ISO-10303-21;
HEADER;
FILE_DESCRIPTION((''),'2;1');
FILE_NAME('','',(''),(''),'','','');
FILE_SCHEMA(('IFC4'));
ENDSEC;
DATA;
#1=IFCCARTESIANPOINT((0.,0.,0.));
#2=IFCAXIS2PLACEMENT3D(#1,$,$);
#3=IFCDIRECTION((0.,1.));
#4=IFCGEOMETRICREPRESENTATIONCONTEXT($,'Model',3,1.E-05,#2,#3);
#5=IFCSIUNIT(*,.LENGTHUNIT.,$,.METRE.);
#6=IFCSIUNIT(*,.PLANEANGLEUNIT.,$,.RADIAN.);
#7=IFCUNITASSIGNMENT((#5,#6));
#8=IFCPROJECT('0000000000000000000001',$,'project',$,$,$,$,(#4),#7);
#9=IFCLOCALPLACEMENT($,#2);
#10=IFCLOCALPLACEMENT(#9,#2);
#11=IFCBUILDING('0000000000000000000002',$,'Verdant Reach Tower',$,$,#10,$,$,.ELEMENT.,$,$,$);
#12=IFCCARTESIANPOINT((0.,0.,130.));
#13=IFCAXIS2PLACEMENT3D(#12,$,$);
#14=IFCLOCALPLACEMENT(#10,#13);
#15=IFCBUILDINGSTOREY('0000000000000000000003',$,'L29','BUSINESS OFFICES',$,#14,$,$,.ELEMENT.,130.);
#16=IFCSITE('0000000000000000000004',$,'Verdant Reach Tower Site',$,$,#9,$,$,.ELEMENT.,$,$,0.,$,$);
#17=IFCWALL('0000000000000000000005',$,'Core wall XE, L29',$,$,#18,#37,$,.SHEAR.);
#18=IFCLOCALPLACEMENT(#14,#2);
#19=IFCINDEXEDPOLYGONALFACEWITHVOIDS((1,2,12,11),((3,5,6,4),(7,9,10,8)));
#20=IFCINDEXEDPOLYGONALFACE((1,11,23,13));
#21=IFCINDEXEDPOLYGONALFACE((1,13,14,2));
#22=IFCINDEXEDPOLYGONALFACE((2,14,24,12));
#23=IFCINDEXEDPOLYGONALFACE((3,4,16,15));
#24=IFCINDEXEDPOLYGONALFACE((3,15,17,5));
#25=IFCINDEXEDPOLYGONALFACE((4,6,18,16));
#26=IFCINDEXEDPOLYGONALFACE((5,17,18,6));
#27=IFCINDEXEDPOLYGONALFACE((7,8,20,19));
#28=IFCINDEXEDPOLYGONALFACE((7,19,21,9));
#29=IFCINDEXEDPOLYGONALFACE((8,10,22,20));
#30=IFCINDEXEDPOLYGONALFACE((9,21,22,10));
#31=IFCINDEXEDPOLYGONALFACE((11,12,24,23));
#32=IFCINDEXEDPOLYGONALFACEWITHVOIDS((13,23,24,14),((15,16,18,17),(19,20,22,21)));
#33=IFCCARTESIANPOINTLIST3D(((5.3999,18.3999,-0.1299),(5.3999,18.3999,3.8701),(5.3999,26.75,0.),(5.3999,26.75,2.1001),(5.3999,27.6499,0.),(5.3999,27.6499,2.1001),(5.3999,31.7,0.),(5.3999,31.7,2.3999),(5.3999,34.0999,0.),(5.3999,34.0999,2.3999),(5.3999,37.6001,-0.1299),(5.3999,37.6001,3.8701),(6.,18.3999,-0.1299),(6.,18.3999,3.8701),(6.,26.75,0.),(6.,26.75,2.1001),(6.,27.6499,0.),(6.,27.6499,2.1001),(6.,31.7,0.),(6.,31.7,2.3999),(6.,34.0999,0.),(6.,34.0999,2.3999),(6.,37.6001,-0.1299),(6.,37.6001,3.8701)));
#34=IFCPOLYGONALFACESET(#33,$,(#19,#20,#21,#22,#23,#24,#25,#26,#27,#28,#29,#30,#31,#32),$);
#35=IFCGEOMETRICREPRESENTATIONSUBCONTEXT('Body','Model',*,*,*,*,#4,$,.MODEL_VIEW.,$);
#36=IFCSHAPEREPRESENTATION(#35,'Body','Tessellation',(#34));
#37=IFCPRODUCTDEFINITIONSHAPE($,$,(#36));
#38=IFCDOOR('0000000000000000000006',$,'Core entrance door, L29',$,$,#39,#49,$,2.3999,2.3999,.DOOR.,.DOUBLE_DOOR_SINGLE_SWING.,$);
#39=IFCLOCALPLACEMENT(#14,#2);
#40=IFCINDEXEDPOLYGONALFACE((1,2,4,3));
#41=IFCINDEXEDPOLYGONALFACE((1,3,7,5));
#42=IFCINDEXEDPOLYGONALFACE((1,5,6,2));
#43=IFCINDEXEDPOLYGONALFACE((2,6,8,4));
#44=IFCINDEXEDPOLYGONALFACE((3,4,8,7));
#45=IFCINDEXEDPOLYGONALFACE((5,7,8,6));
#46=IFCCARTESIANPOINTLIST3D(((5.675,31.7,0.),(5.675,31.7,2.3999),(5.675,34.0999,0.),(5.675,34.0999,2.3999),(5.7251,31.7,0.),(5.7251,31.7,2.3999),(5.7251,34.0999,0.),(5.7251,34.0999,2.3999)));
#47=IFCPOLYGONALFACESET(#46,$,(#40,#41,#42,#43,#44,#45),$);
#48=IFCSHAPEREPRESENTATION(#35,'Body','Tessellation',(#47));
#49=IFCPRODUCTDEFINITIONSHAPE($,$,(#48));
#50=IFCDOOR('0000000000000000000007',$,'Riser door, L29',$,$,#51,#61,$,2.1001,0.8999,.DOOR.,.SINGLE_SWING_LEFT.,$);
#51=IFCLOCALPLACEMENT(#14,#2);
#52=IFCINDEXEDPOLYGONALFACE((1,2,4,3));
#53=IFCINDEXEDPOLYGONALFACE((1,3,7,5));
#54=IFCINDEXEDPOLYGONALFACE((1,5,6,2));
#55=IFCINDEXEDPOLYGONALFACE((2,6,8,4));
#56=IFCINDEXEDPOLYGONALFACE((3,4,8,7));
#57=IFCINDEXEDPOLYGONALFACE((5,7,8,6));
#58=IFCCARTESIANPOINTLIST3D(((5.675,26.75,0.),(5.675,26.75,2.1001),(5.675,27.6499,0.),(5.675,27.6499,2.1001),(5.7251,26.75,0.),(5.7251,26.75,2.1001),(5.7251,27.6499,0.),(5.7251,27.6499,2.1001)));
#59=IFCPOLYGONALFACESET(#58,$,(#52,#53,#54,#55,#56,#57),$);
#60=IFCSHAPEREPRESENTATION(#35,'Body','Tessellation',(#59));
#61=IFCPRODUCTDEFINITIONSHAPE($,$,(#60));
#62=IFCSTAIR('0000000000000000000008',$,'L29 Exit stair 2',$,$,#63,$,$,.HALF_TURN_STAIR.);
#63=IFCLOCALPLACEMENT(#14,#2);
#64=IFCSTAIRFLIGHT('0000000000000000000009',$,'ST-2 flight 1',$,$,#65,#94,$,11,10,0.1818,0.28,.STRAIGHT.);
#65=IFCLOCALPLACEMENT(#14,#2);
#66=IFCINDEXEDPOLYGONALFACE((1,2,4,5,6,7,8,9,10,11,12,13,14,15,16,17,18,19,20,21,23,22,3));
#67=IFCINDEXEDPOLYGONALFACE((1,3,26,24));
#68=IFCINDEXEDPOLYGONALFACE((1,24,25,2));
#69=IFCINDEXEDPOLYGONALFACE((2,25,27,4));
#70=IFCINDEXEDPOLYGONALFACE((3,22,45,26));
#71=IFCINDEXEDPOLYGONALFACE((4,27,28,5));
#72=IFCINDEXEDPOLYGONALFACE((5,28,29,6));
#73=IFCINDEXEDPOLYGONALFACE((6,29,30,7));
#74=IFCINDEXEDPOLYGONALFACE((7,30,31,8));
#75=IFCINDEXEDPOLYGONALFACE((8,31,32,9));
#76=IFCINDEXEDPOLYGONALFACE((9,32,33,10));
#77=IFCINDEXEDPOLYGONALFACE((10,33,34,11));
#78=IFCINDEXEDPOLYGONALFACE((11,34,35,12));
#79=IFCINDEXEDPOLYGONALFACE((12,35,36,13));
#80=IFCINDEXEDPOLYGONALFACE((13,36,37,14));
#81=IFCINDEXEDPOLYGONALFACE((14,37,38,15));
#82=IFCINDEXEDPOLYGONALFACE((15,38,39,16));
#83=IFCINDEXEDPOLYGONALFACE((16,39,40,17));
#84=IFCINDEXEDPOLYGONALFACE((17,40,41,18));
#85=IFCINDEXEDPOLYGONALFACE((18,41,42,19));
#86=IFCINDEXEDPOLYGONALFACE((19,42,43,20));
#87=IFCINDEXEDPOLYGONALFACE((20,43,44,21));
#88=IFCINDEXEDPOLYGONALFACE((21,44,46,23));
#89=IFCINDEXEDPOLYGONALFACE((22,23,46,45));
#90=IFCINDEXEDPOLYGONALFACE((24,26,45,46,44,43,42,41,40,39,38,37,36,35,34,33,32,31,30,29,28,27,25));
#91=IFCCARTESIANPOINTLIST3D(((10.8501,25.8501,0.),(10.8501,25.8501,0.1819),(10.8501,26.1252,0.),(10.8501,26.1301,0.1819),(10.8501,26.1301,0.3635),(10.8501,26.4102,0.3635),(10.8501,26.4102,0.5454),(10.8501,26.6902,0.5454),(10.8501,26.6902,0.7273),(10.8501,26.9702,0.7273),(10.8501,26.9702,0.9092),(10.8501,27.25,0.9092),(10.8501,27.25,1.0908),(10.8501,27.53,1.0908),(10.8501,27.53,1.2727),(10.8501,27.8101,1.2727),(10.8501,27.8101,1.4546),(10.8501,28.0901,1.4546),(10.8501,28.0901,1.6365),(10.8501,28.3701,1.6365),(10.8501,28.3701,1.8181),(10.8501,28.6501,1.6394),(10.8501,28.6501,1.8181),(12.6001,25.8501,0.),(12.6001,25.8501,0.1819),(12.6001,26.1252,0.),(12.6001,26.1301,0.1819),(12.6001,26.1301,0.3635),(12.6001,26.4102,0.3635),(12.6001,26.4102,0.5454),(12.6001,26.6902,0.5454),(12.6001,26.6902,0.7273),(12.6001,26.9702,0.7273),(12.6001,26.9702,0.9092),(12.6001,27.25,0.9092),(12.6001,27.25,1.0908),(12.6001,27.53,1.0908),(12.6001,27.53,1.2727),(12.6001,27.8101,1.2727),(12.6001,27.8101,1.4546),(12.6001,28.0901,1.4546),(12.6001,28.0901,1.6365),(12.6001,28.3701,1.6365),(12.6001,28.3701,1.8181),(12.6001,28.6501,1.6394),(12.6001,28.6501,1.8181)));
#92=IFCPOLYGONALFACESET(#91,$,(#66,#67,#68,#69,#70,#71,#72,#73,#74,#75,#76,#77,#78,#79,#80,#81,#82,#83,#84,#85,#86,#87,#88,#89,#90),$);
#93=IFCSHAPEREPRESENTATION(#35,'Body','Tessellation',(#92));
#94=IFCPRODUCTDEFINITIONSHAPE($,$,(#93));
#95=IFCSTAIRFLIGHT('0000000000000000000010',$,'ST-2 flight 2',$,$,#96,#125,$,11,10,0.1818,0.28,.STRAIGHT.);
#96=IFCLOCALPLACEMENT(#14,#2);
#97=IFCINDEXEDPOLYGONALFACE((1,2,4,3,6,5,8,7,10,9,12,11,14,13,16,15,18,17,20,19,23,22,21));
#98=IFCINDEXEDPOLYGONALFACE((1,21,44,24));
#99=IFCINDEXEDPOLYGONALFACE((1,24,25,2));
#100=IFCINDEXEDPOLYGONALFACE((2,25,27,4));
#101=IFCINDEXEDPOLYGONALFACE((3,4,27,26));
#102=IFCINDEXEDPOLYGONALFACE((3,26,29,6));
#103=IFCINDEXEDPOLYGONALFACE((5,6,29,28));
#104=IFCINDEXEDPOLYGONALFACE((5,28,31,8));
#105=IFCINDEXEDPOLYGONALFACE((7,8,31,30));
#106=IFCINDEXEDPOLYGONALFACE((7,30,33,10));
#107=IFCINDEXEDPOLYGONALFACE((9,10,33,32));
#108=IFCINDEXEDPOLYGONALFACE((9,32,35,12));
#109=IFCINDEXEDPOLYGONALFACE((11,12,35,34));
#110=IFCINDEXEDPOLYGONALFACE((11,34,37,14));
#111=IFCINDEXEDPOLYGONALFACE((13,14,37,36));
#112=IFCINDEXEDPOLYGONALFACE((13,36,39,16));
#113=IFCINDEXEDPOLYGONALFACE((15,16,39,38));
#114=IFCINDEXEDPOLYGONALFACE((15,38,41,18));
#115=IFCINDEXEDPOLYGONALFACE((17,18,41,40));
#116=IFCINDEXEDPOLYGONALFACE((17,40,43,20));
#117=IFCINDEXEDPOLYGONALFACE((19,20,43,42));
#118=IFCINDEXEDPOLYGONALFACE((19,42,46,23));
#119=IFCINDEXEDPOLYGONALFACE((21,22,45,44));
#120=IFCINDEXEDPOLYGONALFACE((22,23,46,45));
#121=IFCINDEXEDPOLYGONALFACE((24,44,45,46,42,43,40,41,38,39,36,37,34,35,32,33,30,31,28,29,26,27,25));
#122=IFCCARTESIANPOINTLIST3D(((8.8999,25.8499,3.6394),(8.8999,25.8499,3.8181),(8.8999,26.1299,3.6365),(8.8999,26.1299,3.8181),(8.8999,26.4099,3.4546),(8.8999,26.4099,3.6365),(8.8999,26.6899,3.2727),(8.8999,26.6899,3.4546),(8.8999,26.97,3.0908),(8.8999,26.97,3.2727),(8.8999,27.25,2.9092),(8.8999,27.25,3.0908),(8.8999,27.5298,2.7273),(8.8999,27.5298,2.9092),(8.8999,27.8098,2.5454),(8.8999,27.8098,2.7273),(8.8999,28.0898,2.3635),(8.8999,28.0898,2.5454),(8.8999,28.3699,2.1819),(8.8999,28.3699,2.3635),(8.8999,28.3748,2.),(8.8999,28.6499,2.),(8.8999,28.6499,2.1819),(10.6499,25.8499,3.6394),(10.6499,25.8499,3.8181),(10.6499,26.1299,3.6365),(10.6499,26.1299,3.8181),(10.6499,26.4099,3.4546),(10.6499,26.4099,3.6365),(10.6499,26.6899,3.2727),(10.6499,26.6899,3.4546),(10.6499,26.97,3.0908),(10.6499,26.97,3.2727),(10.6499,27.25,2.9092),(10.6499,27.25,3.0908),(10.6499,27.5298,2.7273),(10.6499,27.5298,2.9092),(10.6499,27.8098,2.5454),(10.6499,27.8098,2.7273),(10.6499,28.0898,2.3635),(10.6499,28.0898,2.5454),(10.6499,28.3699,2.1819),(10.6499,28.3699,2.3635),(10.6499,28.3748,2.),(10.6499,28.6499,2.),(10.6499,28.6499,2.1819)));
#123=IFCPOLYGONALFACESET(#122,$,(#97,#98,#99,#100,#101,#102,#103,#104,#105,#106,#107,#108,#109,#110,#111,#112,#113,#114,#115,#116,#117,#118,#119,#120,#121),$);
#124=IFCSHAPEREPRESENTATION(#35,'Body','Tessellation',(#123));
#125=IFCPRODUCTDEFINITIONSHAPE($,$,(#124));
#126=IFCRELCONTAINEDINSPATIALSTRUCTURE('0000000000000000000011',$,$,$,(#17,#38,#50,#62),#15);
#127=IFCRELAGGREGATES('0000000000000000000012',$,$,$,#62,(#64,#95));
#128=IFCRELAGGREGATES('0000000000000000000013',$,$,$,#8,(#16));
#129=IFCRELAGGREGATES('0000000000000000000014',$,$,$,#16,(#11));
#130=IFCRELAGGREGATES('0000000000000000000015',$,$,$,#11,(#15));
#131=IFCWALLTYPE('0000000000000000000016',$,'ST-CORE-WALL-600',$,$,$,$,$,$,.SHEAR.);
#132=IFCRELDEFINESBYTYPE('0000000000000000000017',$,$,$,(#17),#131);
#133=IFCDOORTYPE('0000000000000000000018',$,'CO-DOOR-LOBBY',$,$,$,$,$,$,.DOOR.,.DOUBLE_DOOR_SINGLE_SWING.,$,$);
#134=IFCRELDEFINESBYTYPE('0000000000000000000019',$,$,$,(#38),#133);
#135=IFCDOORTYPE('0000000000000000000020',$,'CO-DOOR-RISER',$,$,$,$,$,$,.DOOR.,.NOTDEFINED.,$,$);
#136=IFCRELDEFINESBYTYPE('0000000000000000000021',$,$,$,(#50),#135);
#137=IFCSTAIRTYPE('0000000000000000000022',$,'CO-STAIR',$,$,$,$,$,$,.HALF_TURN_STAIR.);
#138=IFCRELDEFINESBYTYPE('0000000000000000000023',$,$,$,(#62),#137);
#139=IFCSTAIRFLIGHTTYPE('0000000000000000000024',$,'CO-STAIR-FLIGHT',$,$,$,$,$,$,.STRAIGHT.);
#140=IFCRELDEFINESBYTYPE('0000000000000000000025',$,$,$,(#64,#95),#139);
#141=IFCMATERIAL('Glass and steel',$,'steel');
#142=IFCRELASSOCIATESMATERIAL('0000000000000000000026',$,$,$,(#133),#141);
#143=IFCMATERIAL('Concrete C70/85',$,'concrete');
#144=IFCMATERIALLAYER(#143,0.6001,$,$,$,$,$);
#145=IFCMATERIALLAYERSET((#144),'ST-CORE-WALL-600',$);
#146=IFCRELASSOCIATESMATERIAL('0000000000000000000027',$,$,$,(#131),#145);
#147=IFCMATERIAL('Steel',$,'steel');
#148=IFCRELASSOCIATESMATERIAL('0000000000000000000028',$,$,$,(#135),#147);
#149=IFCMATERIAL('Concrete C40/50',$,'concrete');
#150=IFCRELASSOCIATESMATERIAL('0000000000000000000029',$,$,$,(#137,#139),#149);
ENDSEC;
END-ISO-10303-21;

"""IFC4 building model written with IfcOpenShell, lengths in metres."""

from ifc_helpers import new_model, si_unit, direction, frame, frame_2d, origin, place, context, subcontext, project, spatial, polyline, rectangle, outline, extrude, material, layer, layer_set, type_object, element, fill, aggregate, save


model = new_model("IFC4")

# Units and contexts
model_context = context("Model", 3, precision=1e-05, world=origin(), true_north=direction((0.0, 1.0)))
body_context = subcontext(model_context, "Body", "Model", "MODEL_VIEW")
ifc_project = project(units=[si_unit("LENGTHUNIT", "METRE"), si_unit("PLANEANGLEUNIT", "RADIAN")], contexts=[model_context])

# Site, building, storey
site_placement = place(None, origin())
site = spatial("IfcSite", under=ifc_project, at=site_placement, Name="Verdant Reach Tower Site", CompositionType="ELEMENT", RefElevation=0.0)
building_placement = place(site_placement, origin())
building = spatial("IfcBuilding", under=site, at=building_placement, Name="Verdant Reach Tower", CompositionType="ELEMENT")
storey_placement = place(building_placement, frame((0.0, 0.0, 130.0)))
storey = spatial("IfcBuildingStorey", under=building, at=storey_placement, Name="L29", Description="BUSINESS OFFICES", CompositionType="ELEMENT", Elevation=130.0)

# Shared definitions
ifc_material_1 = material(Name="Concrete C40/50", Category="concrete")

# Shared definitions
ifc_material_2 = material(Name="Steel", Category="steel")

# Wall, openings, doors
ifc_material_3 = material(Name="Concrete C70/85", Category="concrete")
ifc_material_4 = material(Name="Glass and steel", Category="steel")
door_type_1 = type_object("IfcDoorType", Name="CO-DOOR-LOBBY", OperationType="DOUBLE_DOOR_SINGLE_SWING", PredefinedType="DOOR", material=ifc_material_4)
ifc_layer_1 = layer(ifc_material_3, 0.6001)
ifc_layer_set_1 = layer_set([ifc_layer_1], Name="ST-CORE-WALL-600")
wall_type_1 = type_object("IfcWallType", Name="ST-CORE-WALL-600", PredefinedType="SHEAR", material=ifc_layer_set_1)
wall_1_placement = place(storey_placement, frame((5.7, 18.3999, -0.1299), z_axis=(0.0, 0.0, 1.0), x_axis=(0.0, 1.0, 0.0)))
wall_1 = element("IfcWall", 1, at=wall_1_placement, inside=storey, type_object=wall_type_1, Name="Core wall XE, L29", PredefinedType="SHEAR", context=body_context, shape_type="SweptSolid", body=[
    extrude(rectangle(XDim=19.2002, YDim=0.6001, at=frame_2d((9.6001, 0.0))), origin(), (0.0, 0.0, 1.0), 4.0),
])
opening_1_placement = place(wall_1_placement, frame((8.3501, 0.0, 0.1299)))
opening_1 = element("IfcOpeningElement", 2, at=opening_1_placement, cuts=wall_1, PredefinedType="OPENING", context=body_context, shape_type="SweptSolid", body=[
    extrude(rectangle(XDim=0.8999, YDim=2.1001, at=frame_2d((0.45, 1.05))), frame((0.0, 0.3101, 0.0), z_axis=(0.0, -1.0, 0.0), x_axis=(1.0, 0.0, 0.0)), (0.0, 0.0, 1.0), 0.6201),
])
opening_2_placement = place(wall_1_placement, frame((13.3, 0.0, 0.1299)))
opening_2 = element("IfcOpeningElement", 3, at=opening_2_placement, cuts=wall_1, PredefinedType="OPENING", context=body_context, shape_type="SweptSolid", body=[
    extrude(rectangle(XDim=2.3999, YDim=2.3999, at=frame_2d((1.2, 1.2))), frame((0.0, 0.3101, 0.0), z_axis=(0.0, -1.0, 0.0), x_axis=(1.0, 0.0, 0.0)), (0.0, 0.0, 1.0), 0.6201),
])
door_1_placement = place(opening_2_placement, origin())
door_1 = element("IfcDoor", 4, at=door_1_placement, inside=storey, type_object=door_type_1, Name="Core entrance door, L29", OperationType="DOUBLE_DOOR_SINGLE_SWING", OverallHeight=2.3999, OverallWidth=2.3999, PredefinedType="DOOR", context=body_context, shape_type="SweptSolid", body=[
    extrude(rectangle(XDim=2.3999, YDim=2.3999, at=frame_2d((1.2, 1.2))), frame((0.0, 0.0249, 0.0), z_axis=(0.0, -1.0, 0.0), x_axis=(1.0, 0.0, 0.0)), (0.0, 0.0, 1.0), 0.05),
])
fill(opening_2, door_1)
door_type_2 = type_object("IfcDoorType", Name="CO-DOOR-RISER", OperationType="NOTDEFINED", PredefinedType="DOOR", material=ifc_material_2)
door_2_placement = place(opening_1_placement, origin())
door_2 = element("IfcDoor", 5, at=door_2_placement, inside=storey, type_object=door_type_2, Name="Riser door, L29", OperationType="SINGLE_SWING_LEFT", OverallHeight=2.1001, OverallWidth=0.8999, PredefinedType="DOOR", context=body_context, shape_type="SweptSolid", body=[
    extrude(rectangle(XDim=0.8999, YDim=2.1001, at=frame_2d((0.45, 1.05))), frame((0.0, 0.0249, 0.0), z_axis=(0.0, -1.0, 0.0), x_axis=(1.0, 0.0, 0.0)), (0.0, 0.0, 1.0), 0.05),
])
fill(opening_1, door_2)

# Stair, stair flights
stair_type = type_object("IfcStairType", Name="CO-STAIR", PredefinedType="HALF_TURN_STAIR", material=ifc_material_1)
stair_placement = place(storey_placement, origin())
stair = element("IfcStair", 6, at=stair_placement, inside=storey, type_object=stair_type, Name="L29 Exit stair 2", PredefinedType="HALF_TURN_STAIR")
stair_flight_type = type_object("IfcStairFlightType", Name="CO-STAIR-FLIGHT", PredefinedType="STRAIGHT", material=ifc_material_1)
stair_flight_1_placement = place(storey_placement, frame((11.7251, 25.8501, 0.0), z_axis=(0.0, 0.0, 1.0), x_axis=(0.0, 1.0, 0.0)))
stair_flight_1 = element("IfcStairFlight", 7, at=stair_flight_1_placement, type_object=stair_flight_type, Name="ST-2 flight 1", NumberOfRisers=11, NumberOfTreads=10, PredefinedType="STRAIGHT", RiserHeight=0.1818, TreadLength=0.28, context=body_context, shape_type="SweptSolid", body=[
    extrude(outline(polyline([(0.0, 0.0), (0.0, 0.1819), (0.28, 0.1819), (0.28, 0.3635), (0.5601, 0.3635), (0.5601, 0.5454), (0.8401, 0.5454), (0.8401, 0.7273), (1.1201, 0.7273), (1.1201, 0.9092), (1.3999, 0.9092), (1.3999, 1.0908), (1.6799, 1.0908), (1.6799, 1.2727), (1.96, 1.2727), (1.96, 1.4546), (2.24, 1.4546), (2.24, 1.6365), (2.52, 1.6365), (2.52, 1.8181), (2.8, 1.8181), (2.8, 2.0), (2.8, 1.6394), (0.2751, 0.0), (0.0, 0.0)])), frame((0.0, 0.875, 0.0), z_axis=(0.0, -1.0, 0.0), x_axis=(1.0, 0.0, 0.0)), (0.0, 0.0, 1.0), 1.75),
])
stair_flight_2_placement = place(storey_placement, frame((9.7749, 28.6499, 2.0), z_axis=(0.0, 0.0, 1.0), x_axis=(0.0, -1.0, 0.0)))
stair_flight_2 = element("IfcStairFlight", 8, at=stair_flight_2_placement, type_object=stair_flight_type, Name="ST-2 flight 2", NumberOfRisers=11, NumberOfTreads=10, PredefinedType="STRAIGHT", RiserHeight=0.1818, TreadLength=0.28, context=body_context, shape_type="SweptSolid", body=[
    extrude(outline(polyline([(0.0, 0.0), (0.0, 0.1819), (0.28, 0.1819), (0.28, 0.3635), (0.5601, 0.3635), (0.5601, 0.5454), (0.8401, 0.5454), (0.8401, 0.7273), (1.1201, 0.7273), (1.1201, 0.9092), (1.3999, 0.9092), (1.3999, 1.0908), (1.6799, 1.0908), (1.6799, 1.2727), (1.96, 1.2727), (1.96, 1.4546), (2.24, 1.4546), (2.24, 1.6365), (2.52, 1.6365), (2.52, 1.8181), (2.8, 1.8181), (2.8, 2.0), (2.8, 1.6394), (0.2751, 0.0), (0.0, 0.0)])), frame((0.0, 0.875, 0.0), z_axis=(0.0, -1.0, 0.0), x_axis=(1.0, 0.0, 0.0)), (0.0, 0.0, 1.0), 1.75),
])
aggregate(stair, [stair_flight_1, stair_flight_2])

save(model, "model.ifc")
